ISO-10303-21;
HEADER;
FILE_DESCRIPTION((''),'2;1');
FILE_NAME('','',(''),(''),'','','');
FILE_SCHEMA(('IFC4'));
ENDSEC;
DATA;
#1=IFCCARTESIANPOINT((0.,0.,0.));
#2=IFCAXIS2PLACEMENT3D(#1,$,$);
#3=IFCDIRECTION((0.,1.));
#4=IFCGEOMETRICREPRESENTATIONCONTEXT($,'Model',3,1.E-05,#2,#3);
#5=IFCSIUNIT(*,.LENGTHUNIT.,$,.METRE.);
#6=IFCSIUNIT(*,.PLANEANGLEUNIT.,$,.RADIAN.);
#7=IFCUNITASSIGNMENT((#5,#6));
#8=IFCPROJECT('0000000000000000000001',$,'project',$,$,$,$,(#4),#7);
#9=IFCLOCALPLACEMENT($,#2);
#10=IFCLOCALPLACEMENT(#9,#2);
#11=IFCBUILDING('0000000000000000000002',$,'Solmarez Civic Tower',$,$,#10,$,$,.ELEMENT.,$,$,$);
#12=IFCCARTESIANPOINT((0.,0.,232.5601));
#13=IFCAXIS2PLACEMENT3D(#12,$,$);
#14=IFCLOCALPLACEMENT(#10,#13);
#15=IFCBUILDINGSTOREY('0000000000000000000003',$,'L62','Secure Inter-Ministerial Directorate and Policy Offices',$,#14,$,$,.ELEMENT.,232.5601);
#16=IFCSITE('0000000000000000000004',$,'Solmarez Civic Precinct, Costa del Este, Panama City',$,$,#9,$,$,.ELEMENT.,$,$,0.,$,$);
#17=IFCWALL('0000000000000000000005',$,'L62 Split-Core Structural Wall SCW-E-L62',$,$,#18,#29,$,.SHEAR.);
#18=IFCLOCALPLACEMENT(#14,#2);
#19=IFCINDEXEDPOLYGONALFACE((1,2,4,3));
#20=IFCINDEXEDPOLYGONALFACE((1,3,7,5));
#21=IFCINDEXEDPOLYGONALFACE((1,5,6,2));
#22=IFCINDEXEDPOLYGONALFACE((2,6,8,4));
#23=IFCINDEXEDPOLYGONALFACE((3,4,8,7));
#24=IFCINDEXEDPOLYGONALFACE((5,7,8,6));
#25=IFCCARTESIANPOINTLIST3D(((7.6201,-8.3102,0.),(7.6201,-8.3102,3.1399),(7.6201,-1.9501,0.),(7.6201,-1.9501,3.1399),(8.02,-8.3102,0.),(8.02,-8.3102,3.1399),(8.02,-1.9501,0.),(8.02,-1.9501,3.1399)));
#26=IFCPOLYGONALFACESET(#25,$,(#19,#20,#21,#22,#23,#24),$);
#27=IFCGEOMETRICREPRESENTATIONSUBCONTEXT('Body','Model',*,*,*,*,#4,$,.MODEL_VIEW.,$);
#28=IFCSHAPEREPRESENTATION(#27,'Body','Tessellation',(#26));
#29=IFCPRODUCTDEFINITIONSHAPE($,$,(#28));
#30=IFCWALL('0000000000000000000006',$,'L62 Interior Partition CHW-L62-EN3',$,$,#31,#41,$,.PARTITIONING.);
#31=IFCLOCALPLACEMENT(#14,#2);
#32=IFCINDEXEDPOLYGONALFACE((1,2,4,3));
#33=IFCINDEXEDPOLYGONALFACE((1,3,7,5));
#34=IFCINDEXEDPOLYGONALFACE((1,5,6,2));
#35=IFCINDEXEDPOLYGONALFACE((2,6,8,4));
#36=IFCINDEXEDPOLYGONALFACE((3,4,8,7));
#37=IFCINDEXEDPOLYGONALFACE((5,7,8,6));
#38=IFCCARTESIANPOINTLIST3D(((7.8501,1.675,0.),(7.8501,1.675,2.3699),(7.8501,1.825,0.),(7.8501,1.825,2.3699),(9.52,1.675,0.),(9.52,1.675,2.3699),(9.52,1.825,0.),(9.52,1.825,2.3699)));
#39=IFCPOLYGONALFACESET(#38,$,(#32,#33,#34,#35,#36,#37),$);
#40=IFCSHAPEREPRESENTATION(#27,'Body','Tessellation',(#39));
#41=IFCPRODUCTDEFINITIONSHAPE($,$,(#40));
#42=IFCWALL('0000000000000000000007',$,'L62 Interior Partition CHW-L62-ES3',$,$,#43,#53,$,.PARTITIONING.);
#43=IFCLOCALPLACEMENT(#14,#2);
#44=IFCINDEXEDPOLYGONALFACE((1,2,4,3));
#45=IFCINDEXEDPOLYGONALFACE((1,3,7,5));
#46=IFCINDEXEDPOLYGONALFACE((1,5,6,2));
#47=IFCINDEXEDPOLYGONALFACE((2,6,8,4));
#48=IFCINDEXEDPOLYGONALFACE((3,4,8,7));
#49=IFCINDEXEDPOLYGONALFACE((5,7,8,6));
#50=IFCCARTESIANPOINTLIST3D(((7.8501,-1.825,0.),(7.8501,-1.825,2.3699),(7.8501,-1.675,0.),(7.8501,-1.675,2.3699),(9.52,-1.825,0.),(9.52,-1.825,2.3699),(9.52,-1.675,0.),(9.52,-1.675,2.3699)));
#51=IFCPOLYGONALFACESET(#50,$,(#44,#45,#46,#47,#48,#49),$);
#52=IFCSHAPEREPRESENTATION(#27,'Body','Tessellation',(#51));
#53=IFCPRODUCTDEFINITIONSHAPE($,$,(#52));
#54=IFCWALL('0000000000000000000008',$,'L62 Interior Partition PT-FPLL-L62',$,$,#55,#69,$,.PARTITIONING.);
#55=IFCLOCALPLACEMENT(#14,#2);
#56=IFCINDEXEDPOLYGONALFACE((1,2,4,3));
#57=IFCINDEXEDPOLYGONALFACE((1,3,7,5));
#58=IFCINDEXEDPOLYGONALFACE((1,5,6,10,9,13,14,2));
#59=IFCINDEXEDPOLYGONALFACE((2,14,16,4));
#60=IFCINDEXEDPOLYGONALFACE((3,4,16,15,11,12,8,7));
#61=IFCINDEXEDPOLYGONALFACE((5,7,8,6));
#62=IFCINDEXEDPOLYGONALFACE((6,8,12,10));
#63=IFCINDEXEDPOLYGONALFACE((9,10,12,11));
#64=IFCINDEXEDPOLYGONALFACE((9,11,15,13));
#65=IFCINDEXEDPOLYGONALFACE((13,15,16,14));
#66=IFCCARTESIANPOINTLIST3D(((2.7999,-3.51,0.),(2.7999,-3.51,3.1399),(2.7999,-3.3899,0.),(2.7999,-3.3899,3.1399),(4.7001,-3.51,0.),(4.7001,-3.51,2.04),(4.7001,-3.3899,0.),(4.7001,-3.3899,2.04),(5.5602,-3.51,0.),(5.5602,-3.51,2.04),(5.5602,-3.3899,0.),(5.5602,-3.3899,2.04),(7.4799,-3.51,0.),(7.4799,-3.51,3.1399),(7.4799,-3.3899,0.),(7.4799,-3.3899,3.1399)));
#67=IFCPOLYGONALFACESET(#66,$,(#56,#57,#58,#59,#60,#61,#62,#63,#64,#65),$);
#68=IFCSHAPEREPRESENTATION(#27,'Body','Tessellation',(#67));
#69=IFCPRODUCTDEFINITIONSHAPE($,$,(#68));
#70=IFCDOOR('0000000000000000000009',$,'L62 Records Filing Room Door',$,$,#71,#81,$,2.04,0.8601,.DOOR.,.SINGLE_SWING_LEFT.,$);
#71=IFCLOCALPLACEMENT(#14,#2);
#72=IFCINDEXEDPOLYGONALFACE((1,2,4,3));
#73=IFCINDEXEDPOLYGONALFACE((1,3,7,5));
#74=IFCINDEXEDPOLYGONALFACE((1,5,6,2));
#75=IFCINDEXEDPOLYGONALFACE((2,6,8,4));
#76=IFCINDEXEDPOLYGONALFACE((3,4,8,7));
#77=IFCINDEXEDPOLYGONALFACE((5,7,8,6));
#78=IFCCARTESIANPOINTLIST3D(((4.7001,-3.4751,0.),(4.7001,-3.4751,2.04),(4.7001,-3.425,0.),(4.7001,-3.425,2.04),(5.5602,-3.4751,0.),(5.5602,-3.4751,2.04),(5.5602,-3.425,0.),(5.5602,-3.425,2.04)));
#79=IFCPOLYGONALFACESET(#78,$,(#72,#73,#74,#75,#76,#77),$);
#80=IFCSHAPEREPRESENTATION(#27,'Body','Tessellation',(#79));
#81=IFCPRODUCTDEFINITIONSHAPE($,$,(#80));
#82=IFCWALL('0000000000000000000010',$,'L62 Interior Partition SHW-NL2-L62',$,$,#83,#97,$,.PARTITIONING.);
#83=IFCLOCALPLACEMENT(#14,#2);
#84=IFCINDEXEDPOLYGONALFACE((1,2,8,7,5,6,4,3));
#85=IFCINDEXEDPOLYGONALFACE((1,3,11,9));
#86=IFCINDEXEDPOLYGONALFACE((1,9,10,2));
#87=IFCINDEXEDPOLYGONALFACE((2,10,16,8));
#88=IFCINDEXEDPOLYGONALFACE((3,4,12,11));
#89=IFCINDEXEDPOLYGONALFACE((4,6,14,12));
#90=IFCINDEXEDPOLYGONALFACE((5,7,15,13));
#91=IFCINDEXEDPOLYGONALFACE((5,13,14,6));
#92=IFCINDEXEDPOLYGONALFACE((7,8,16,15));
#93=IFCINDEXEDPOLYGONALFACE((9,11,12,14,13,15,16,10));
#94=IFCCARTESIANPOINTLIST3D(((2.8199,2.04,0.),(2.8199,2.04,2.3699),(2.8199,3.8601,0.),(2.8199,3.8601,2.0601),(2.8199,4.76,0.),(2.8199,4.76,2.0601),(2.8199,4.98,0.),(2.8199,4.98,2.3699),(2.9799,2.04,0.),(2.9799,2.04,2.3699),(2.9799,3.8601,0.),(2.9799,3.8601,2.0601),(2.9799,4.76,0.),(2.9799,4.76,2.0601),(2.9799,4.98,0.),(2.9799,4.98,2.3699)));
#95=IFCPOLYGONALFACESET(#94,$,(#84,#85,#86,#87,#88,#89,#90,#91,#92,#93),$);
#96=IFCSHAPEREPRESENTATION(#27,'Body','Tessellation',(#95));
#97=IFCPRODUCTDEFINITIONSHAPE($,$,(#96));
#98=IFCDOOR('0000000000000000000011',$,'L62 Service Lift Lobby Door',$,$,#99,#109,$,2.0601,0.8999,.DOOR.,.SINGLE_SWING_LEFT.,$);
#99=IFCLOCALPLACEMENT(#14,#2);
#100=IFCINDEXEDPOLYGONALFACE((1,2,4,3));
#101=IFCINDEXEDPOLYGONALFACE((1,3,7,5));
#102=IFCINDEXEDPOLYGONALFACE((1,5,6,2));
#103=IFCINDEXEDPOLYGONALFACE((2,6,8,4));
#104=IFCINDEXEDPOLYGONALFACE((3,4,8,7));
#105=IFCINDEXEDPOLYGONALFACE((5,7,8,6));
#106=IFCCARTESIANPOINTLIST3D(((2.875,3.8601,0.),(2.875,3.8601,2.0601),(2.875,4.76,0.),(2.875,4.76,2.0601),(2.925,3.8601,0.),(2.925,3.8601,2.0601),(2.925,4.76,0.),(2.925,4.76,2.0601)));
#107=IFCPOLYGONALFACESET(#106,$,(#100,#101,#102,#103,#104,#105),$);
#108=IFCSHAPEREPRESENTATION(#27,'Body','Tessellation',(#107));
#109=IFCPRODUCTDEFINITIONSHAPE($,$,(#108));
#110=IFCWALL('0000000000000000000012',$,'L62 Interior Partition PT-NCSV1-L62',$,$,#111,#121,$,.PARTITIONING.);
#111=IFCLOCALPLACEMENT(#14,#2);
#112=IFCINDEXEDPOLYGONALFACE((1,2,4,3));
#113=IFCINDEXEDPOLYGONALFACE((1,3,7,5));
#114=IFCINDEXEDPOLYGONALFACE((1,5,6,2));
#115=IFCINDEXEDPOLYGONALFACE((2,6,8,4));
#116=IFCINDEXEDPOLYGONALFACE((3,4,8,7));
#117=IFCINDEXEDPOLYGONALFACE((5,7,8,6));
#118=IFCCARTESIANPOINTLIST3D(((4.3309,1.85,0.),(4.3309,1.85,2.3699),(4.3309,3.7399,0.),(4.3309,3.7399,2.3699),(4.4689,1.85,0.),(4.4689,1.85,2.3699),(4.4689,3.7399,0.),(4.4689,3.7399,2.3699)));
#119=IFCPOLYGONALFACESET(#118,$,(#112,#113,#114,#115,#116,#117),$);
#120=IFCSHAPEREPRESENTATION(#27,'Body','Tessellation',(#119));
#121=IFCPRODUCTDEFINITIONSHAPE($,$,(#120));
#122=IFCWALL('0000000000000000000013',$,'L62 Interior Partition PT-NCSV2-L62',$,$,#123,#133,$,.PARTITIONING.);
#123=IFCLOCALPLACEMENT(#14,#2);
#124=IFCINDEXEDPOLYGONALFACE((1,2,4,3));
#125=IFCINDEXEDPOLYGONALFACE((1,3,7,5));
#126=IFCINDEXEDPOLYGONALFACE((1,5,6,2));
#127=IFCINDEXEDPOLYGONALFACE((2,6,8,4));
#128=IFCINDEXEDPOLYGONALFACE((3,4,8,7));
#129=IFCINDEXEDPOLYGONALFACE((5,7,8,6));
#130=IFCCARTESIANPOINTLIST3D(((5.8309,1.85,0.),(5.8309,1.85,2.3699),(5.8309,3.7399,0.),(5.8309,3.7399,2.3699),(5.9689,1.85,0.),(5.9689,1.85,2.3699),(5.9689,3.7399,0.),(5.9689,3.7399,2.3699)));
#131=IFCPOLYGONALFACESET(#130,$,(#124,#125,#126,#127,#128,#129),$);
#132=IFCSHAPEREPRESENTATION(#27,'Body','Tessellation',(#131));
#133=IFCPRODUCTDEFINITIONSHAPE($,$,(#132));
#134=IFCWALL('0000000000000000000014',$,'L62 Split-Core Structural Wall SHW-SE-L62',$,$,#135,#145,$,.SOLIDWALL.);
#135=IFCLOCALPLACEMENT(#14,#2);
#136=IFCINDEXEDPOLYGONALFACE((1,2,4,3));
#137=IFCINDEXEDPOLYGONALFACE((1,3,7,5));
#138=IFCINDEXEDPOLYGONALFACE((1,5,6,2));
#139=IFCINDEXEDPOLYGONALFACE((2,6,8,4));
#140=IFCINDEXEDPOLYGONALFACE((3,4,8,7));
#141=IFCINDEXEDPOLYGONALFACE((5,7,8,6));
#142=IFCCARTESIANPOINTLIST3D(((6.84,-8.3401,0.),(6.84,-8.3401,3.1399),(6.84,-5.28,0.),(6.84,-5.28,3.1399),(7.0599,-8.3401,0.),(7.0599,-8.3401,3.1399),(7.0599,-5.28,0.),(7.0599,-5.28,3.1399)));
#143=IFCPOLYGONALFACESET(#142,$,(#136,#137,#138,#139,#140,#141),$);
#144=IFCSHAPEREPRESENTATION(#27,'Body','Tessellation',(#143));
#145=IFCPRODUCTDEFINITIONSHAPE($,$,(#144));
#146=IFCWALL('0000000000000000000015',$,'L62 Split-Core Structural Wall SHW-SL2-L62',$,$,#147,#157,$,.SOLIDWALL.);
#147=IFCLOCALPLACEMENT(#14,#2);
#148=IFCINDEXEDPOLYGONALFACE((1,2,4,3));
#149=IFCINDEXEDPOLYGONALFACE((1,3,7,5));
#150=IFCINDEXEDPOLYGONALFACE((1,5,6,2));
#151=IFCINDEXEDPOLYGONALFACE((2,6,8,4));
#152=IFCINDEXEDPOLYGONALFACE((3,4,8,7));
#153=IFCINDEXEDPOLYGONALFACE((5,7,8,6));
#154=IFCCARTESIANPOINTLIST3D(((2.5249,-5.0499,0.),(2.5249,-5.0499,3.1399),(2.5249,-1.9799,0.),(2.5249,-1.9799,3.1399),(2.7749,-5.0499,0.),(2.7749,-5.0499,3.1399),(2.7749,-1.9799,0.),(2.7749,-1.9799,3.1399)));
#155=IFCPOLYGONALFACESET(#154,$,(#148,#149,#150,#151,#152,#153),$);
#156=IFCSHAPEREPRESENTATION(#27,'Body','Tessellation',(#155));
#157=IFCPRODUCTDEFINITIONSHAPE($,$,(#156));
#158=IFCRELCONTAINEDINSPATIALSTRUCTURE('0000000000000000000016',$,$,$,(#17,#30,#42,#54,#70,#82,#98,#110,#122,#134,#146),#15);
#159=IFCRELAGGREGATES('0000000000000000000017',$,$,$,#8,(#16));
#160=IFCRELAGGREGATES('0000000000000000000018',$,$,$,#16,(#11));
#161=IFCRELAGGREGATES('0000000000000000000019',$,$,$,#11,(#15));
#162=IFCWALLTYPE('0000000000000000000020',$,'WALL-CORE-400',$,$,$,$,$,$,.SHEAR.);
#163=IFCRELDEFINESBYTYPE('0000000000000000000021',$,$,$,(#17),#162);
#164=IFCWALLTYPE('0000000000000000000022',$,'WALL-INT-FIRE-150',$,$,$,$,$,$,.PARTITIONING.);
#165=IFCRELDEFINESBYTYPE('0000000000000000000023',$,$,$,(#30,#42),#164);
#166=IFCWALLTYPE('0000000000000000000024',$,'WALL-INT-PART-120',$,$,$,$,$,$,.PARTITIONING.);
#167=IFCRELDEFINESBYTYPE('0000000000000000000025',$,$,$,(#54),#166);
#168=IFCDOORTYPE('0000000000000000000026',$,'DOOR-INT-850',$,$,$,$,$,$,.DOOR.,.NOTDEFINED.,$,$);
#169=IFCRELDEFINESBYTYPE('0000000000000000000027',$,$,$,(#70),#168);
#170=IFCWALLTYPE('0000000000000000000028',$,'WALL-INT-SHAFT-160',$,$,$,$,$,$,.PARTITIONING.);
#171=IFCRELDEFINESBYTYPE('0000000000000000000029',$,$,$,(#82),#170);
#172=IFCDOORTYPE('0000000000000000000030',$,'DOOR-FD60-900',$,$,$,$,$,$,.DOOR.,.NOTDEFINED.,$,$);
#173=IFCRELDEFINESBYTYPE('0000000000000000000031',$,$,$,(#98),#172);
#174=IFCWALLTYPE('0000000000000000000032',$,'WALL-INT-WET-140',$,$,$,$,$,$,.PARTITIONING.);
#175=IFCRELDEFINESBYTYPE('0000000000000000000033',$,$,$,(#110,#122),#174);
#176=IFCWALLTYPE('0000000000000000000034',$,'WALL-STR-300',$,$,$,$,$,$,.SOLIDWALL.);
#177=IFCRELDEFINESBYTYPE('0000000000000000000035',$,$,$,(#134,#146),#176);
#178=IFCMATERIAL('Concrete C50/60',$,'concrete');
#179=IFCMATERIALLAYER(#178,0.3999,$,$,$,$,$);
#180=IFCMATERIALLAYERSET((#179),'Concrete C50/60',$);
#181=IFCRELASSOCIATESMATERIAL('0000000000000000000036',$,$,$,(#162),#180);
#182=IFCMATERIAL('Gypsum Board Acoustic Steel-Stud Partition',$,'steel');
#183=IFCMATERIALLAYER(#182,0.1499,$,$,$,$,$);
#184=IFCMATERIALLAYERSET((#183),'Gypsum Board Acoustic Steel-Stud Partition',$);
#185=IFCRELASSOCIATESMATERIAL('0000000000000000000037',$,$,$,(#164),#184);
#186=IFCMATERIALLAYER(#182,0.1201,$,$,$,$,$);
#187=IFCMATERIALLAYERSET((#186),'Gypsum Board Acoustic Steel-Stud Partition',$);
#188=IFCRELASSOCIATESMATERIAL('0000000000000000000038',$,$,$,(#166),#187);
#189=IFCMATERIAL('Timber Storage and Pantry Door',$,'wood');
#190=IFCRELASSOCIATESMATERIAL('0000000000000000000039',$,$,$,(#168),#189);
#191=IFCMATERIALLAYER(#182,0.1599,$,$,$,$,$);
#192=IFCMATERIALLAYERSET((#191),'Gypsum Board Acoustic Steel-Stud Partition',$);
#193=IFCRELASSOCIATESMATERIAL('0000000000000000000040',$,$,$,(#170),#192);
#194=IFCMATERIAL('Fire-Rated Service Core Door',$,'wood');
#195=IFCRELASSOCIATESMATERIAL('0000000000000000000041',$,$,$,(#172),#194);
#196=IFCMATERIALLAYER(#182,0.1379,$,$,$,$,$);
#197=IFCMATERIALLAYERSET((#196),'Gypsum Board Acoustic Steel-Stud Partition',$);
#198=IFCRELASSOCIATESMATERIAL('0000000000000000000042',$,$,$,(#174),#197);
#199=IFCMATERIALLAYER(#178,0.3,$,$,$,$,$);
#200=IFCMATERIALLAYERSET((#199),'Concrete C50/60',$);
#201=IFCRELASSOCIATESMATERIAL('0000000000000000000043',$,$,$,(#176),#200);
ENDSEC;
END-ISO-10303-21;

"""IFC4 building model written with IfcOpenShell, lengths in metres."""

from ifc_helpers import new_model, si_unit, direction, frame, frame_2d, origin, place, context, subcontext, project, spatial, rectangle, extrude, material, layer, layer_set, type_object, element, fill, save


model = new_model("IFC4")

# Units and contexts
model_context = context("Model", 3, precision=1e-05, world=origin(), true_north=direction((0.0, 1.0)))
body_context = subcontext(model_context, "Body", "Model", "MODEL_VIEW")
ifc_project = project(units=[si_unit("LENGTHUNIT", "METRE"), si_unit("PLANEANGLEUNIT", "RADIAN")], contexts=[model_context])

# Site, building, storey
site_placement = place(None, origin())
site = spatial("IfcSite", under=ifc_project, at=site_placement, Name="Solmarez Civic Precinct, Costa del Este, Panama City", CompositionType="ELEMENT", RefElevation=0.0)
building_placement = place(site_placement, origin())
building = spatial("IfcBuilding", under=site, at=building_placement, Name="Solmarez Civic Tower", CompositionType="ELEMENT")
storey_placement = place(building_placement, frame((0.0, 0.0, 232.5601)))
storey = spatial("IfcBuildingStorey", under=building, at=storey_placement, Name="L62", Description="Secure Inter-Ministerial Directorate and Policy Offices", CompositionType="ELEMENT", Elevation=232.5601)

# Walls
ifc_material_1 = material(Name="Concrete C50/60", Category="concrete")
ifc_layer_1 = layer(ifc_material_1, 0.3999)
ifc_layer_set_1 = layer_set([ifc_layer_1], Name="Concrete C50/60")
wall_type_1 = type_object("IfcWallType", Name="WALL-CORE-400", PredefinedType="SHEAR", material=ifc_layer_set_1)
wall_1_placement = place(storey_placement, frame((7.8201, -1.95, 0.0), z_axis=(0.0, 0.0, 1.0), x_axis=(0.0, -1.0, 0.0)))
element("IfcWall", 1, at=wall_1_placement, inside=storey, type_object=wall_type_1, Name="L62 Split-Core Structural Wall SCW-E-L62", PredefinedType="SHEAR", context=body_context, shape_type="SweptSolid", body=[
    extrude(rectangle(XDim=6.3601, YDim=0.3999, at=frame_2d((3.1802, 0.0))), origin(), (0.0, 0.0, 1.0), 3.1399),
])
ifc_material_2 = material(Name="Gypsum Board Acoustic Steel-Stud Partition", Category="steel")
ifc_layer_2 = layer(ifc_material_2, 0.1499)
ifc_layer_set_2 = layer_set([ifc_layer_2], Name="Gypsum Board Acoustic Steel-Stud Partition")
wall_type_2 = type_object("IfcWallType", Name="WALL-INT-FIRE-150", PredefinedType="PARTITIONING", material=ifc_layer_set_2)
for number, where, z_axis, x_axis, name in (
    (2, (7.8501, 1.75, 0.0), (0.0, 0.0, 1.0), (1.0, 0.0, 0.0), "L62 Interior Partition CHW-L62-EN3"),
    (3, (7.8501, -1.75, 0.0), (0.0, 0.0, 1.0), (1.0, 0.0, 0.0), "L62 Interior Partition CHW-L62-ES3"),
):
    element("IfcWall", number, at=place(storey_placement, frame(where, z_axis=z_axis, x_axis=x_axis)), inside=storey, type_object=wall_type_2, Name=name, PredefinedType="PARTITIONING", context=body_context, shape_type="SweptSolid", body=[
        extrude(rectangle(XDim=1.6699, YDim=0.1499, at=frame_2d((0.835, 0.0))), origin(), (0.0, 0.0, 1.0), 2.3699),
    ])

# Walls, openings, doors
ifc_layer_3 = layer(ifc_material_2, 0.1201)
ifc_layer_set_3 = layer_set([ifc_layer_3], Name="Gypsum Board Acoustic Steel-Stud Partition")
wall_type_3 = type_object("IfcWallType", Name="WALL-INT-PART-120", PredefinedType="PARTITIONING", material=ifc_layer_set_3)
wall_2_placement = place(storey_placement, frame((2.8, -3.45, 0.0), z_axis=(0.0, 0.0, 1.0), x_axis=(1.0, 0.0, 0.0)))
wall_2 = element("IfcWall", 4, at=wall_2_placement, inside=storey, type_object=wall_type_3, Name="L62 Interior Partition PT-FPLL-L62", PredefinedType="PARTITIONING", context=body_context, shape_type="SweptSolid", body=[
    extrude(rectangle(XDim=4.6799, YDim=0.1201, at=frame_2d((2.3398, 0.0))), origin(), (0.0, 0.0, 1.0), 3.1399),
])
opening_1_placement = place(wall_2_placement, frame((1.8999, 0.0, 0.0)))
opening_1 = element("IfcOpeningElement", 5, at=opening_1_placement, cuts=wall_2, PredefinedType="OPENING", context=body_context, shape_type="SweptSolid", body=[
    extrude(rectangle(XDim=0.8601, YDim=2.04, at=frame_2d((0.4302, 1.02))), frame((0.0, 0.0701, 0.0), z_axis=(0.0, -1.0, 0.0), x_axis=(1.0, 0.0, 0.0)), (0.0, 0.0, 1.0), 0.1401),
])
ifc_material_3 = material(Name="Timber Storage and Pantry Door", Category="wood")
door_type_1 = type_object("IfcDoorType", Name="DOOR-INT-850", OperationType="NOTDEFINED", PredefinedType="DOOR", material=ifc_material_3)
door_1_placement = place(opening_1_placement, origin())
door_1 = element("IfcDoor", 6, at=door_1_placement, inside=storey, type_object=door_type_1, Name="L62 Records Filing Room Door", OperationType="SINGLE_SWING_LEFT", OverallHeight=2.04, OverallWidth=0.8601, PredefinedType="DOOR", context=body_context, shape_type="SweptSolid", body=[
    extrude(rectangle(XDim=0.8601, YDim=2.04, at=frame_2d((0.4302, 1.02))), frame((0.0, 0.0249, 0.0), z_axis=(0.0, -1.0, 0.0), x_axis=(1.0, 0.0, 0.0)), (0.0, 0.0, 1.0), 0.05),
])
fill(opening_1, door_1)
ifc_layer_4 = layer(ifc_material_2, 0.1599)
ifc_layer_set_4 = layer_set([ifc_layer_4], Name="Gypsum Board Acoustic Steel-Stud Partition")
wall_type_4 = type_object("IfcWallType", Name="WALL-INT-SHAFT-160", PredefinedType="PARTITIONING", material=ifc_layer_set_4)
wall_3_placement = place(storey_placement, frame((2.8999, 2.04, 0.0), z_axis=(0.0, 0.0, 1.0), x_axis=(0.0, 1.0, 0.0)))
wall_3 = element("IfcWall", 7, at=wall_3_placement, inside=storey, type_object=wall_type_4, Name="L62 Interior Partition SHW-NL2-L62", PredefinedType="PARTITIONING", context=body_context, shape_type="SweptSolid", body=[
    extrude(rectangle(XDim=2.9399, YDim=0.1599, at=frame_2d((1.47, 0.0))), origin(), (0.0, 0.0, 1.0), 2.3699),
])
opening_2_placement = place(wall_3_placement, frame((1.8201, 0.0, 0.0)))
opening_2 = element("IfcOpeningElement", 8, at=opening_2_placement, cuts=wall_3, PredefinedType="OPENING", context=body_context, shape_type="SweptSolid", body=[
    extrude(rectangle(XDim=0.8999, YDim=2.0601, at=frame_2d((0.45, 1.03))), frame((0.0, 0.0898, 0.0), z_axis=(0.0, -1.0, 0.0), x_axis=(1.0, 0.0, 0.0)), (0.0, 0.0, 1.0), 0.1799),
])
ifc_material_4 = material(Name="Fire-Rated Service Core Door", Category="wood")
door_type_2 = type_object("IfcDoorType", Name="DOOR-FD60-900", OperationType="NOTDEFINED", PredefinedType="DOOR", material=ifc_material_4)
door_2_placement = place(opening_2_placement, origin())
door_2 = element("IfcDoor", 9, at=door_2_placement, inside=storey, type_object=door_type_2, Name="L62 Service Lift Lobby Door", OperationType="SINGLE_SWING_LEFT", OverallHeight=2.0601, OverallWidth=0.8999, PredefinedType="DOOR", context=body_context, shape_type="SweptSolid", body=[
    extrude(rectangle(XDim=0.8999, YDim=2.0601, at=frame_2d((0.45, 1.03))), frame((0.0, 0.0249, 0.0), z_axis=(0.0, -1.0, 0.0), x_axis=(1.0, 0.0, 0.0)), (0.0, 0.0, 1.0), 0.05),
])
fill(opening_2, door_2)

# Walls
ifc_layer_5 = layer(ifc_material_2, 0.1379)
ifc_layer_set_5 = layer_set([ifc_layer_5], Name="Gypsum Board Acoustic Steel-Stud Partition")
wall_type_5 = type_object("IfcWallType", Name="WALL-INT-WET-140", PredefinedType="PARTITIONING", material=ifc_layer_set_5)
for number, where, z_axis, x_axis, name in (
    (10, (4.3999, 1.8501, 0.0), (0.0, 0.0, 1.0), (0.0, 1.0, 0.0), "L62 Interior Partition PT-NCSV1-L62"),
    (11, (5.8999, 1.8501, 0.0), (0.0, 0.0, 1.0), (0.0, 1.0, 0.0), "L62 Interior Partition PT-NCSV2-L62"),
):
    element("IfcWall", number, at=place(storey_placement, frame(where, z_axis=z_axis, x_axis=x_axis)), inside=storey, type_object=wall_type_5, Name=name, PredefinedType="PARTITIONING", context=body_context, shape_type="SweptSolid", body=[
        extrude(rectangle(XDim=1.8899, YDim=0.1379, at=frame_2d((0.9448, 0.0))), origin(), (0.0, 0.0, 1.0), 2.3699),
    ])
ifc_layer_6 = layer(ifc_material_1, 0.3)
ifc_layer_set_6 = layer_set([ifc_layer_6], Name="Concrete C50/60")
wall_type_6 = type_object("IfcWallType", Name="WALL-STR-300", PredefinedType="SOLIDWALL", material=ifc_layer_set_6)
wall_4_placement = place(storey_placement, frame((6.95, -8.3401, 0.0), z_axis=(0.0, 0.0, 1.0), x_axis=(0.0, 1.0, 0.0)))
element("IfcWall", 12, at=wall_4_placement, inside=storey, type_object=wall_type_6, Name="L62 Split-Core Structural Wall SHW-SE-L62", PredefinedType="SOLIDWALL", context=body_context, shape_type="SweptSolid", body=[
    extrude(rectangle(XDim=3.0601, YDim=0.22, at=frame_2d((1.53, 0.0))), origin(), (0.0, 0.0, 1.0), 3.1399),
])
wall_5_placement = place(storey_placement, frame((2.6499, -5.05, 0.0), z_axis=(0.0, 0.0, 1.0), x_axis=(0.0, 1.0, 0.0)))
element("IfcWall", 13, at=wall_5_placement, inside=storey, type_object=wall_type_6, Name="L62 Split-Core Structural Wall SHW-SL2-L62", PredefinedType="SOLIDWALL", context=body_context, shape_type="SweptSolid", body=[
    extrude(rectangle(XDim=3.0701, YDim=0.25, at=frame_2d((1.5352, 0.0))), origin(), (0.0, 0.0, 1.0), 3.1399),
])

save(model, "model.ifc")
